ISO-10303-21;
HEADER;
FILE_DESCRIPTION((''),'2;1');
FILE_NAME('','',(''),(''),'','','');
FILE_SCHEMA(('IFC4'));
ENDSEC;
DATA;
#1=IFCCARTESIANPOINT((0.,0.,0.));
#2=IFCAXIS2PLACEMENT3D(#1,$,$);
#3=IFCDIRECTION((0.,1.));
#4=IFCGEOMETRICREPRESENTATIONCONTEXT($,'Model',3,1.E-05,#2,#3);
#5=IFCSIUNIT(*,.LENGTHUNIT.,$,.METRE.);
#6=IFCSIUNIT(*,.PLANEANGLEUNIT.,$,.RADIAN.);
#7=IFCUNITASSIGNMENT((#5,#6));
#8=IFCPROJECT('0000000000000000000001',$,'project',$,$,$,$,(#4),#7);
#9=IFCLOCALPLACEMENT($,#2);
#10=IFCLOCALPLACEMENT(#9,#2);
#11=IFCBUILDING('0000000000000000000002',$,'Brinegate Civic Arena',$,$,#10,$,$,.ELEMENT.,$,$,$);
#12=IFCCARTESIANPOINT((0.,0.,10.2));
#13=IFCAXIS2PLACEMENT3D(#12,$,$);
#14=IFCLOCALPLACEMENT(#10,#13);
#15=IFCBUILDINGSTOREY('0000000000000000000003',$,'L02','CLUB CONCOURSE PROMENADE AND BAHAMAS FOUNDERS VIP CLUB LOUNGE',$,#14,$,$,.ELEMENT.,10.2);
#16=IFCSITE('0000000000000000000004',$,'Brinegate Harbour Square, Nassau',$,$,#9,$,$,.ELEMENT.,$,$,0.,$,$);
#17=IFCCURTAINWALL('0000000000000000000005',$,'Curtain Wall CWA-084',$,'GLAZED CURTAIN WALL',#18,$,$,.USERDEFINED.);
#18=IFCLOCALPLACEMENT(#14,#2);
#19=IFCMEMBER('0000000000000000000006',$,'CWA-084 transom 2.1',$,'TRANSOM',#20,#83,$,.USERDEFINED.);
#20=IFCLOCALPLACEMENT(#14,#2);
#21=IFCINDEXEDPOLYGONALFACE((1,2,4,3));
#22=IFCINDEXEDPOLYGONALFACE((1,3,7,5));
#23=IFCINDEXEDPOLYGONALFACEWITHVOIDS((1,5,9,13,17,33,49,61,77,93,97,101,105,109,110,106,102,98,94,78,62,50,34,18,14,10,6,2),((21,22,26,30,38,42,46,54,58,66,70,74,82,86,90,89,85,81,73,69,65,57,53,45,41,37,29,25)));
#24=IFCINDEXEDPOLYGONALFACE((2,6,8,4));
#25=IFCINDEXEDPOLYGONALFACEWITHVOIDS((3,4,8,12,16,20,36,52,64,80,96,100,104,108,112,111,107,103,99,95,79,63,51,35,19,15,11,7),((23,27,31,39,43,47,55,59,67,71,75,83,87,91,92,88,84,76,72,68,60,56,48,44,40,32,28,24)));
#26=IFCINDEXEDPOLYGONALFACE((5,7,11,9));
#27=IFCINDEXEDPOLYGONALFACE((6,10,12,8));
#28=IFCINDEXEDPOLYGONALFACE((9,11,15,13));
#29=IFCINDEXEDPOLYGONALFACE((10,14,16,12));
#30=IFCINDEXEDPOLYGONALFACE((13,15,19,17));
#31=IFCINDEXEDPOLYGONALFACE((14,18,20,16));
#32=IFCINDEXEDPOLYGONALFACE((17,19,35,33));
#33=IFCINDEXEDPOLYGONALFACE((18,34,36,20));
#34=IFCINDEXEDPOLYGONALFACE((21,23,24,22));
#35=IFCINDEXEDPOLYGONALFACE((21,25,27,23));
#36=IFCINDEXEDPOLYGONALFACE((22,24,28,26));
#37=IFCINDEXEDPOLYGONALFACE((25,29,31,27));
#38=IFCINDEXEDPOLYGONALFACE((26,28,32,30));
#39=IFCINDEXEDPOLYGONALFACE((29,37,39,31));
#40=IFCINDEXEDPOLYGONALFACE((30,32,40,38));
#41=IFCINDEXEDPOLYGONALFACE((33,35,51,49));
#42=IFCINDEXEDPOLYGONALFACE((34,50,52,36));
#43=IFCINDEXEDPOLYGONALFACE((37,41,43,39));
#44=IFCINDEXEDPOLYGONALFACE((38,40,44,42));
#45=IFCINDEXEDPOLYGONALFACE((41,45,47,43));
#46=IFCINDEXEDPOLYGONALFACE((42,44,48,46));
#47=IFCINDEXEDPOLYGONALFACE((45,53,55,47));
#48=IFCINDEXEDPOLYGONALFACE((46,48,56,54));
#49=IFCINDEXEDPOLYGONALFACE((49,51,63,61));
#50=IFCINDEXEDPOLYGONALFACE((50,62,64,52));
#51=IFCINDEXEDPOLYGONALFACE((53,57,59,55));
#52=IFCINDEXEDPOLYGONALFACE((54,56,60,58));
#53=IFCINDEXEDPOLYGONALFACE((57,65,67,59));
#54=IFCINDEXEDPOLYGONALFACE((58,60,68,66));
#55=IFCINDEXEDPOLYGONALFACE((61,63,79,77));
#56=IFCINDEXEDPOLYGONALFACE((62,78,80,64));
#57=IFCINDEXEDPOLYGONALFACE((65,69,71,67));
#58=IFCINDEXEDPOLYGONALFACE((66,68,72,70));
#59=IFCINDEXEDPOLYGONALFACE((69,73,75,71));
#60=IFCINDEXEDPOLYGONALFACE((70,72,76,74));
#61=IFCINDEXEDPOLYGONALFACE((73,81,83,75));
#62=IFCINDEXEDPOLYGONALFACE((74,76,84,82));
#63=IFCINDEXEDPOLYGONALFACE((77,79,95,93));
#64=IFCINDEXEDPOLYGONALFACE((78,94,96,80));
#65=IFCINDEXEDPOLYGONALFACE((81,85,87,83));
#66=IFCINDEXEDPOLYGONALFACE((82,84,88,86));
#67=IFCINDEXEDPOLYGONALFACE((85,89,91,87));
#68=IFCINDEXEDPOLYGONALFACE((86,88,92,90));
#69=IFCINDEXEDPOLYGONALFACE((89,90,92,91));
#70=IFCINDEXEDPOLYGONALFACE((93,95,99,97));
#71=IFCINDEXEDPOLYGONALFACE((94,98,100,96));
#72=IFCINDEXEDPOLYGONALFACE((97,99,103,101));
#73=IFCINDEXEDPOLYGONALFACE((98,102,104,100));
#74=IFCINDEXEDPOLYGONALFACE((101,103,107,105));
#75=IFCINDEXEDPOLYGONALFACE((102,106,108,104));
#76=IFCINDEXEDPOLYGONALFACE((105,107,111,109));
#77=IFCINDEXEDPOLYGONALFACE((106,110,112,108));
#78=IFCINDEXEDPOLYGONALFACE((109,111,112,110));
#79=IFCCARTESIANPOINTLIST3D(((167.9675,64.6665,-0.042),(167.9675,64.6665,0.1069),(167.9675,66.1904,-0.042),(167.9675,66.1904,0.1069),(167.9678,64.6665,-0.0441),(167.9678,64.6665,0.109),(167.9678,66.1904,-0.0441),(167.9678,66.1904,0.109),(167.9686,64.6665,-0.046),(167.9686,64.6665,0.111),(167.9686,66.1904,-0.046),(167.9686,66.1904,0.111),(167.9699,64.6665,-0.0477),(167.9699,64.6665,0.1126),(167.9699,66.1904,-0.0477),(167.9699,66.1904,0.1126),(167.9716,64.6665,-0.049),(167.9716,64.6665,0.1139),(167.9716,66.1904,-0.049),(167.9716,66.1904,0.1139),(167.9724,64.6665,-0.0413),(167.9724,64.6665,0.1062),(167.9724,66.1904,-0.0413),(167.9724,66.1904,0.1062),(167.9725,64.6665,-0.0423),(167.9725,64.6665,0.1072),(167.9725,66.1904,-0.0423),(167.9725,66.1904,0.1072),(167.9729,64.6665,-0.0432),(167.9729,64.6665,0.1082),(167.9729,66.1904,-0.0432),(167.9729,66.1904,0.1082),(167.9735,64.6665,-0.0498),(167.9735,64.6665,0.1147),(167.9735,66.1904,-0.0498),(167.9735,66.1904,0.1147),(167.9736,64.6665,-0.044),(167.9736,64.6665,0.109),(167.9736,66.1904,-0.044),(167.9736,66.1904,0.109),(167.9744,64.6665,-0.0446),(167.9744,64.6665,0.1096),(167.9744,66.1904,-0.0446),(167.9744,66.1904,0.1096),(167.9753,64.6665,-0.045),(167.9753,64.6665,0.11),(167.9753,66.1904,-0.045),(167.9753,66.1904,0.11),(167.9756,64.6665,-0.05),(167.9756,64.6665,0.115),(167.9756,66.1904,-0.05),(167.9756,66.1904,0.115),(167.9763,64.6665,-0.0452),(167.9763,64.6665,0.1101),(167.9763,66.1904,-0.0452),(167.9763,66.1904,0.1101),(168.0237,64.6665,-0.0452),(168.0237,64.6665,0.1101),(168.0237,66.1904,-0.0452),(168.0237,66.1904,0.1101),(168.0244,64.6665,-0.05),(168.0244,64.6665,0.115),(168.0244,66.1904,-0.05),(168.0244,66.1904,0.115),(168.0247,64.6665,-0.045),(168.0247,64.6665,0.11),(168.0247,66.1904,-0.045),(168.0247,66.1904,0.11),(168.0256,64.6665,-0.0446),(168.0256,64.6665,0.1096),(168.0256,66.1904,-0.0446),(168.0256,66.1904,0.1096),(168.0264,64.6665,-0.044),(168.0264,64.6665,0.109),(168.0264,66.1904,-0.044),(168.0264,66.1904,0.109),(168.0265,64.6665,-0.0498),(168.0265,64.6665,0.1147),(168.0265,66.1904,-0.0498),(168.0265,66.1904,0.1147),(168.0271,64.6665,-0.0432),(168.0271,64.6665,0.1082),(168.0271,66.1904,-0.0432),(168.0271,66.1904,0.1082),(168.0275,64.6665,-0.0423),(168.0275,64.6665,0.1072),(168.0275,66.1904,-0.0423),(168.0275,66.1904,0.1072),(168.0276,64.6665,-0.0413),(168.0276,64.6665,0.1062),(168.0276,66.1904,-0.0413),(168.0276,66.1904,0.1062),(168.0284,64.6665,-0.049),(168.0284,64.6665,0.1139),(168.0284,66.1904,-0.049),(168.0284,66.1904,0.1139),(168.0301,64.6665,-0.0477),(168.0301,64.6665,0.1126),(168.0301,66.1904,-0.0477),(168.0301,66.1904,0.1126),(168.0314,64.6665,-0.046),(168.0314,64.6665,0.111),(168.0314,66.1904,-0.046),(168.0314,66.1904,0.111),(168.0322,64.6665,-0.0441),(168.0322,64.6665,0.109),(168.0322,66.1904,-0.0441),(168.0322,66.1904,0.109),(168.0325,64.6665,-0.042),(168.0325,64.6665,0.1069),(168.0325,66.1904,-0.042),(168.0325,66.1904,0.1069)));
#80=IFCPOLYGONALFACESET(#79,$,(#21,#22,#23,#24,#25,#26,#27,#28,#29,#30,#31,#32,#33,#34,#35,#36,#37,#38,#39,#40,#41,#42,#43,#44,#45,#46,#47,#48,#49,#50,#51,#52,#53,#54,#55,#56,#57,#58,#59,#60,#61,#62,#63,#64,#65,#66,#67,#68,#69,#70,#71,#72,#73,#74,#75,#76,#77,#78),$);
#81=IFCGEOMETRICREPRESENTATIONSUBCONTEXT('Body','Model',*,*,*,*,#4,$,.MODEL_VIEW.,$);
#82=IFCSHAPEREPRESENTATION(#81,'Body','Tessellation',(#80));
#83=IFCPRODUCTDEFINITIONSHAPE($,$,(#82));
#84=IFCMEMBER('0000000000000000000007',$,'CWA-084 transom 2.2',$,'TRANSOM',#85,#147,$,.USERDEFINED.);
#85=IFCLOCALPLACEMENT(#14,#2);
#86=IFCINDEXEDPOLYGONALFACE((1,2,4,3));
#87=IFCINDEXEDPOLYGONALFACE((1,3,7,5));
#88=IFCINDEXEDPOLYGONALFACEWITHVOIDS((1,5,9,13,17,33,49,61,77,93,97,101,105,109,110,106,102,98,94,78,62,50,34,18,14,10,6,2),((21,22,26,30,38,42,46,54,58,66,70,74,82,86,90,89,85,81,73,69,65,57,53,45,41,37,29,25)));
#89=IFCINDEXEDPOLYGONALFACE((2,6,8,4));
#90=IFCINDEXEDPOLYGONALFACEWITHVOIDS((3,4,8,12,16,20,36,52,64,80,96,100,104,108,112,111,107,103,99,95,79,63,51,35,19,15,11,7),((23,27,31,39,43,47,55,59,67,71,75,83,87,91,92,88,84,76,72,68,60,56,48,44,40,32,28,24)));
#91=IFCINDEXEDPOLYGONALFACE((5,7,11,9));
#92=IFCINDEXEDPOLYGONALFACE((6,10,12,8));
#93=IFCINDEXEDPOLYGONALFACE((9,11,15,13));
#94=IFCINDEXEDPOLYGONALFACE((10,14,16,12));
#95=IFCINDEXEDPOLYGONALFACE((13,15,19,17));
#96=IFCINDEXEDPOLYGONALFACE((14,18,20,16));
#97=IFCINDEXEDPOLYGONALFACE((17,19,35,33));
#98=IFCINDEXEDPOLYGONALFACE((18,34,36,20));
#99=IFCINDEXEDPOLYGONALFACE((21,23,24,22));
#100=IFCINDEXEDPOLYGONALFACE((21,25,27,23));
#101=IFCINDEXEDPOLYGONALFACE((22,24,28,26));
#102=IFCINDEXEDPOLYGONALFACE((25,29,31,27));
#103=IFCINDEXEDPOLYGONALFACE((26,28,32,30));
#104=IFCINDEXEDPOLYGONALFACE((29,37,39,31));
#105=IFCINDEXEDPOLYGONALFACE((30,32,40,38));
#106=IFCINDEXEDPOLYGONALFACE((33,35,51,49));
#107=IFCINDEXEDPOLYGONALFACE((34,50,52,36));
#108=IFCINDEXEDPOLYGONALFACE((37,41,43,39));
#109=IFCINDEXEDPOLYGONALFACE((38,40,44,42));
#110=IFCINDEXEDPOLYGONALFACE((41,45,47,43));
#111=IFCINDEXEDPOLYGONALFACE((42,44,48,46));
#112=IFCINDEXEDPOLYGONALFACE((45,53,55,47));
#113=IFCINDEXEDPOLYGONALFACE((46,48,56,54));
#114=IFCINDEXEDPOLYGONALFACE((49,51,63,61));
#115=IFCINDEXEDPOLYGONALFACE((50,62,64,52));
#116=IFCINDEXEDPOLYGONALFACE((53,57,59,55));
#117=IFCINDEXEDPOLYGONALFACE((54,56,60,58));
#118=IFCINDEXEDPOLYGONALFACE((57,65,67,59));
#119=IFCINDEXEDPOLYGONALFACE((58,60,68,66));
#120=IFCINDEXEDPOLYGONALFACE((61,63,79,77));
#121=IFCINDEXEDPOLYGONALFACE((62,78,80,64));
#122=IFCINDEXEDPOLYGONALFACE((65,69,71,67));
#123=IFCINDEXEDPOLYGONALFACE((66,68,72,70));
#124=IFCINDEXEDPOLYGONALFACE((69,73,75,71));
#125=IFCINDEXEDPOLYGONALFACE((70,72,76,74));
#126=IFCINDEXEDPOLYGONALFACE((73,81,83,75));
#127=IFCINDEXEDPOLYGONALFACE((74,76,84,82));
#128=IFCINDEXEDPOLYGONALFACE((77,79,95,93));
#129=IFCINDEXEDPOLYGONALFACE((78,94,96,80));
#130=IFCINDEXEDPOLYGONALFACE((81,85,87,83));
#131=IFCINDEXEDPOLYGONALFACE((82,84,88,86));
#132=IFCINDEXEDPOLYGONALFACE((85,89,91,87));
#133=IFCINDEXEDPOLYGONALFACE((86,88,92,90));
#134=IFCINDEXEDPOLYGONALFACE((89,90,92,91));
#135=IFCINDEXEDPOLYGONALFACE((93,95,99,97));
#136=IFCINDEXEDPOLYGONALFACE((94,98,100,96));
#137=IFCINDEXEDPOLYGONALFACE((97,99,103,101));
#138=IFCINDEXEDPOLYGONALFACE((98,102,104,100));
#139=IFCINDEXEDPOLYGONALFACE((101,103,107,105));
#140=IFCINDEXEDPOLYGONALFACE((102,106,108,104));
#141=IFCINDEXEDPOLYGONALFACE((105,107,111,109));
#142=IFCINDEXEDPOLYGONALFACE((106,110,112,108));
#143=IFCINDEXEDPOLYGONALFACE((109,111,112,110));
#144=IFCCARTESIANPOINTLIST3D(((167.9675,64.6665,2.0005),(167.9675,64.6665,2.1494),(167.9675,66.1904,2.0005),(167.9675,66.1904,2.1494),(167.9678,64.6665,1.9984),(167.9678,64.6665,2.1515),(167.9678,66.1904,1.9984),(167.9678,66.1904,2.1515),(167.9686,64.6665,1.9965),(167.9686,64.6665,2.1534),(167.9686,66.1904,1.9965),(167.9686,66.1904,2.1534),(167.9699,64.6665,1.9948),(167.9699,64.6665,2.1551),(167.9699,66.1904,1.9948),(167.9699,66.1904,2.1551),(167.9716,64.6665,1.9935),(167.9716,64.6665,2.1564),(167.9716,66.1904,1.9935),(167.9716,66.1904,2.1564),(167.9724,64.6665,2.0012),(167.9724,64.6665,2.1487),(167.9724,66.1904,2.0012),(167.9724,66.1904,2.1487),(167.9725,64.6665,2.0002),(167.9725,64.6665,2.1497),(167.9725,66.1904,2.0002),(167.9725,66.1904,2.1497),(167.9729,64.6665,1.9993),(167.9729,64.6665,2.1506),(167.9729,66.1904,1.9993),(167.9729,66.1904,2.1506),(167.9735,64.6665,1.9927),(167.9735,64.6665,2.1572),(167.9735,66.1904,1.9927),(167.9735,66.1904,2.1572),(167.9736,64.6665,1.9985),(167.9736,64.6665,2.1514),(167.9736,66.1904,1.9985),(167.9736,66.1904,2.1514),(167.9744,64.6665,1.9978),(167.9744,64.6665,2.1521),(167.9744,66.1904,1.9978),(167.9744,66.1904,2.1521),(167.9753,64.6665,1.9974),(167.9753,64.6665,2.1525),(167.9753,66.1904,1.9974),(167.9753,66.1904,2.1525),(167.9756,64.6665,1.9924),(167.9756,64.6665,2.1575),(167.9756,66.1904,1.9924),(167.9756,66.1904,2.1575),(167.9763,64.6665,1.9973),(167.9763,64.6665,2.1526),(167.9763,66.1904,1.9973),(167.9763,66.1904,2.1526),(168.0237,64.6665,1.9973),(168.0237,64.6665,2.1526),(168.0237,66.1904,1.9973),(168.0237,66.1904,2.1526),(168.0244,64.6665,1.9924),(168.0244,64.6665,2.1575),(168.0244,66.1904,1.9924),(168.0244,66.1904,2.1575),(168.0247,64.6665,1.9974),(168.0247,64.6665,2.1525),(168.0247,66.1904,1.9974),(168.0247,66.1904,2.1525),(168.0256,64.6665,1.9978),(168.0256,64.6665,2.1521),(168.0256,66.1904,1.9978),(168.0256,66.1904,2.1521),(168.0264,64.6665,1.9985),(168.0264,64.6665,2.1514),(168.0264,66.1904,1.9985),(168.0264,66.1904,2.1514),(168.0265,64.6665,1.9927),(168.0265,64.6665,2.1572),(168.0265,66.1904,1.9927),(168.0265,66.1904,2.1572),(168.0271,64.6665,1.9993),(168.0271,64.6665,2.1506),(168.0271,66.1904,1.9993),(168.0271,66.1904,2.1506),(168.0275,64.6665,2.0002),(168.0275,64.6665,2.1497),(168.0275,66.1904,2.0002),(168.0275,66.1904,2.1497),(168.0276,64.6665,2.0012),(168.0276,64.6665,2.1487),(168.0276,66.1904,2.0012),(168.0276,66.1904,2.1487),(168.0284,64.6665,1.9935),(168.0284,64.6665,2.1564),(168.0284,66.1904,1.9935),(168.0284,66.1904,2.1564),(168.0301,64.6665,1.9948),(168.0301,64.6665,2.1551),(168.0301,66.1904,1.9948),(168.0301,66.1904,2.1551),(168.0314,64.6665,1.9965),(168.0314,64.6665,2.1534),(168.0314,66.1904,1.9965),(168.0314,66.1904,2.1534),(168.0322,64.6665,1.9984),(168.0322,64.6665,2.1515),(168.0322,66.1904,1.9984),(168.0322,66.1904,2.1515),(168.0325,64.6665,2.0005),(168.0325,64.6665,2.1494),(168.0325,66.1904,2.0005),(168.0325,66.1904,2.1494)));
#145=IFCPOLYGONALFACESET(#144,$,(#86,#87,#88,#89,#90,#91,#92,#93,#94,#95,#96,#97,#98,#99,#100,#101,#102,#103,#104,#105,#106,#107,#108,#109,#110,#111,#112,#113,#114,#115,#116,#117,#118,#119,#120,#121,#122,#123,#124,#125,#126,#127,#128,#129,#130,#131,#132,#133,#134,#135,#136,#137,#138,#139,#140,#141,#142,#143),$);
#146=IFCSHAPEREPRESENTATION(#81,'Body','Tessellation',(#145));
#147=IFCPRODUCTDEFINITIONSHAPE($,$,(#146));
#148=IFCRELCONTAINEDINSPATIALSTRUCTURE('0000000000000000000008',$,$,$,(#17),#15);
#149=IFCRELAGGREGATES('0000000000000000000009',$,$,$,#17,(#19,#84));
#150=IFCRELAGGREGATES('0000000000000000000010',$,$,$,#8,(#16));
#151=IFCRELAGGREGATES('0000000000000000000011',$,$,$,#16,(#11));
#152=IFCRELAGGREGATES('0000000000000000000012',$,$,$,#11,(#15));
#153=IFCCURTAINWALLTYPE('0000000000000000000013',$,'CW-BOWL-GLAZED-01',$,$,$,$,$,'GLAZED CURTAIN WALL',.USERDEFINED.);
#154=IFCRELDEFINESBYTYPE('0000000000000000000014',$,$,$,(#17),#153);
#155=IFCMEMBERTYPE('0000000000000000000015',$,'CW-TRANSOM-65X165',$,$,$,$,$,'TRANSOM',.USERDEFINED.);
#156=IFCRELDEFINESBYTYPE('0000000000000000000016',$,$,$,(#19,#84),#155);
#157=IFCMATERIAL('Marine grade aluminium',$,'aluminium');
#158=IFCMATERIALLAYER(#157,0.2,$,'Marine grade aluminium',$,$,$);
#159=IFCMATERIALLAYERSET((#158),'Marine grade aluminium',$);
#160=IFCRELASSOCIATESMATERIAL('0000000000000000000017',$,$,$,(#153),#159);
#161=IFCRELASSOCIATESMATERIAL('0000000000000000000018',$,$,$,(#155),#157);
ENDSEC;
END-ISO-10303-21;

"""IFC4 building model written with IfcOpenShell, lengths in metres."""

from ifc_helpers import new_model, si_unit, direction, frame, origin, origin_2d, place, context, subcontext, project, spatial, hollow_rectangle, extrude, material, layer, layer_set, material_profile, profile_set, type_object, element, aggregate, save


model = new_model("IFC4")

# Units and contexts
model_context = context("Model", 3, precision=1e-05, world=origin(), true_north=direction((0.0, 1.0)))
body_context = subcontext(model_context, "Body", "Model", "MODEL_VIEW")
ifc_project = project(units=[si_unit("LENGTHUNIT", "METRE"), si_unit("PLANEANGLEUNIT", "RADIAN")], contexts=[model_context])

# Site, building, storey
site_placement = place(None, origin())
site = spatial("IfcSite", under=ifc_project, at=site_placement, Name="Brinegate Harbour Square, Nassau", CompositionType="ELEMENT", RefElevation=0.0)
building_placement = place(site_placement, origin())
building = spatial("IfcBuilding", under=site, at=building_placement, Name="Brinegate Civic Arena", CompositionType="ELEMENT")
storey_placement = place(building_placement, frame((0.0, 0.0, 10.2)))
storey = spatial("IfcBuildingStorey", under=building, at=storey_placement, Name="L02", Description="CLUB CONCOURSE PROMENADE AND BAHAMAS FOUNDERS VIP CLUB LOUNGE", CompositionType="ELEMENT", Elevation=10.2)

# Curtain wall, members
ifc_material_1 = material(Name="Marine grade aluminium", Category="aluminium")
ifc_layer_1 = layer(ifc_material_1, 0.2, Name="Marine grade aluminium")
ifc_layer_set_1 = layer_set([ifc_layer_1], Name="Marine grade aluminium")
curtain_wall_type = type_object("IfcCurtainWallType", Name="CW-BOWL-GLAZED-01", ElementType="GLAZED CURTAIN WALL", PredefinedType="USERDEFINED", material=ifc_layer_set_1)
curtain_wall_placement = place(storey_placement, origin())
curtain_wall = element("IfcCurtainWall", 1, at=curtain_wall_placement, inside=storey, type_object=curtain_wall_type, Name="Curtain Wall CWA-084", ObjectType="GLAZED CURTAIN WALL", PredefinedType="USERDEFINED")
ifc_material_profile_1 = material_profile(ifc_material_1, hollow_rectangle(XDim=0.0649, YDim=0.165, WallThickness=0.0049, InnerFilletRadius=0.0039, OuterFilletRadius=0.0081, at=origin_2d()), Name="TRN65X165")
ifc_profile_set_1 = profile_set([ifc_material_profile_1], Name="Marine grade aluminium")
member_type_1 = type_object("IfcMemberType", Name="CW-TRANSOM-65X165", ElementType="TRANSOM", PredefinedType="USERDEFINED", material=ifc_profile_set_1)
member_1_placement = place(storey_placement, frame((168.0, 64.6665, 0.0325), z_axis=(0.0, 1.0, 0.0), x_axis=(-1.0, 0.0, 0.0)))
member_1 = element("IfcMember", 2, at=member_1_placement, type_object=member_type_1, Name="CWA-084 transom 2.1", ObjectType="TRANSOM", PredefinedType="USERDEFINED", context=body_context, shape_type="SweptSolid", body=[
    extrude(hollow_rectangle(XDim=0.0649, YDim=0.165, WallThickness=0.0049, InnerFilletRadius=0.0039, OuterFilletRadius=0.0081, at=origin_2d()), origin(), (0.0, 0.0, 1.0), 1.5239),
])
member_2_placement = place(storey_placement, frame((168.0, 64.6665, 2.075), z_axis=(0.0, 1.0, 0.0), x_axis=(-1.0, 0.0, 0.0)))
member_2 = element("IfcMember", 3, at=member_2_placement, type_object=member_type_1, Name="CWA-084 transom 2.2", ObjectType="TRANSOM", PredefinedType="USERDEFINED", context=body_context, shape_type="SweptSolid", body=[
    extrude(hollow_rectangle(XDim=0.0649, YDim=0.165, WallThickness=0.0049, InnerFilletRadius=0.0039, OuterFilletRadius=0.0081, at=origin_2d()), origin(), (0.0, 0.0, 1.0), 1.5239),
])

aggregate(curtain_wall, [member_1, member_2])

save(model, "model.ifc")
